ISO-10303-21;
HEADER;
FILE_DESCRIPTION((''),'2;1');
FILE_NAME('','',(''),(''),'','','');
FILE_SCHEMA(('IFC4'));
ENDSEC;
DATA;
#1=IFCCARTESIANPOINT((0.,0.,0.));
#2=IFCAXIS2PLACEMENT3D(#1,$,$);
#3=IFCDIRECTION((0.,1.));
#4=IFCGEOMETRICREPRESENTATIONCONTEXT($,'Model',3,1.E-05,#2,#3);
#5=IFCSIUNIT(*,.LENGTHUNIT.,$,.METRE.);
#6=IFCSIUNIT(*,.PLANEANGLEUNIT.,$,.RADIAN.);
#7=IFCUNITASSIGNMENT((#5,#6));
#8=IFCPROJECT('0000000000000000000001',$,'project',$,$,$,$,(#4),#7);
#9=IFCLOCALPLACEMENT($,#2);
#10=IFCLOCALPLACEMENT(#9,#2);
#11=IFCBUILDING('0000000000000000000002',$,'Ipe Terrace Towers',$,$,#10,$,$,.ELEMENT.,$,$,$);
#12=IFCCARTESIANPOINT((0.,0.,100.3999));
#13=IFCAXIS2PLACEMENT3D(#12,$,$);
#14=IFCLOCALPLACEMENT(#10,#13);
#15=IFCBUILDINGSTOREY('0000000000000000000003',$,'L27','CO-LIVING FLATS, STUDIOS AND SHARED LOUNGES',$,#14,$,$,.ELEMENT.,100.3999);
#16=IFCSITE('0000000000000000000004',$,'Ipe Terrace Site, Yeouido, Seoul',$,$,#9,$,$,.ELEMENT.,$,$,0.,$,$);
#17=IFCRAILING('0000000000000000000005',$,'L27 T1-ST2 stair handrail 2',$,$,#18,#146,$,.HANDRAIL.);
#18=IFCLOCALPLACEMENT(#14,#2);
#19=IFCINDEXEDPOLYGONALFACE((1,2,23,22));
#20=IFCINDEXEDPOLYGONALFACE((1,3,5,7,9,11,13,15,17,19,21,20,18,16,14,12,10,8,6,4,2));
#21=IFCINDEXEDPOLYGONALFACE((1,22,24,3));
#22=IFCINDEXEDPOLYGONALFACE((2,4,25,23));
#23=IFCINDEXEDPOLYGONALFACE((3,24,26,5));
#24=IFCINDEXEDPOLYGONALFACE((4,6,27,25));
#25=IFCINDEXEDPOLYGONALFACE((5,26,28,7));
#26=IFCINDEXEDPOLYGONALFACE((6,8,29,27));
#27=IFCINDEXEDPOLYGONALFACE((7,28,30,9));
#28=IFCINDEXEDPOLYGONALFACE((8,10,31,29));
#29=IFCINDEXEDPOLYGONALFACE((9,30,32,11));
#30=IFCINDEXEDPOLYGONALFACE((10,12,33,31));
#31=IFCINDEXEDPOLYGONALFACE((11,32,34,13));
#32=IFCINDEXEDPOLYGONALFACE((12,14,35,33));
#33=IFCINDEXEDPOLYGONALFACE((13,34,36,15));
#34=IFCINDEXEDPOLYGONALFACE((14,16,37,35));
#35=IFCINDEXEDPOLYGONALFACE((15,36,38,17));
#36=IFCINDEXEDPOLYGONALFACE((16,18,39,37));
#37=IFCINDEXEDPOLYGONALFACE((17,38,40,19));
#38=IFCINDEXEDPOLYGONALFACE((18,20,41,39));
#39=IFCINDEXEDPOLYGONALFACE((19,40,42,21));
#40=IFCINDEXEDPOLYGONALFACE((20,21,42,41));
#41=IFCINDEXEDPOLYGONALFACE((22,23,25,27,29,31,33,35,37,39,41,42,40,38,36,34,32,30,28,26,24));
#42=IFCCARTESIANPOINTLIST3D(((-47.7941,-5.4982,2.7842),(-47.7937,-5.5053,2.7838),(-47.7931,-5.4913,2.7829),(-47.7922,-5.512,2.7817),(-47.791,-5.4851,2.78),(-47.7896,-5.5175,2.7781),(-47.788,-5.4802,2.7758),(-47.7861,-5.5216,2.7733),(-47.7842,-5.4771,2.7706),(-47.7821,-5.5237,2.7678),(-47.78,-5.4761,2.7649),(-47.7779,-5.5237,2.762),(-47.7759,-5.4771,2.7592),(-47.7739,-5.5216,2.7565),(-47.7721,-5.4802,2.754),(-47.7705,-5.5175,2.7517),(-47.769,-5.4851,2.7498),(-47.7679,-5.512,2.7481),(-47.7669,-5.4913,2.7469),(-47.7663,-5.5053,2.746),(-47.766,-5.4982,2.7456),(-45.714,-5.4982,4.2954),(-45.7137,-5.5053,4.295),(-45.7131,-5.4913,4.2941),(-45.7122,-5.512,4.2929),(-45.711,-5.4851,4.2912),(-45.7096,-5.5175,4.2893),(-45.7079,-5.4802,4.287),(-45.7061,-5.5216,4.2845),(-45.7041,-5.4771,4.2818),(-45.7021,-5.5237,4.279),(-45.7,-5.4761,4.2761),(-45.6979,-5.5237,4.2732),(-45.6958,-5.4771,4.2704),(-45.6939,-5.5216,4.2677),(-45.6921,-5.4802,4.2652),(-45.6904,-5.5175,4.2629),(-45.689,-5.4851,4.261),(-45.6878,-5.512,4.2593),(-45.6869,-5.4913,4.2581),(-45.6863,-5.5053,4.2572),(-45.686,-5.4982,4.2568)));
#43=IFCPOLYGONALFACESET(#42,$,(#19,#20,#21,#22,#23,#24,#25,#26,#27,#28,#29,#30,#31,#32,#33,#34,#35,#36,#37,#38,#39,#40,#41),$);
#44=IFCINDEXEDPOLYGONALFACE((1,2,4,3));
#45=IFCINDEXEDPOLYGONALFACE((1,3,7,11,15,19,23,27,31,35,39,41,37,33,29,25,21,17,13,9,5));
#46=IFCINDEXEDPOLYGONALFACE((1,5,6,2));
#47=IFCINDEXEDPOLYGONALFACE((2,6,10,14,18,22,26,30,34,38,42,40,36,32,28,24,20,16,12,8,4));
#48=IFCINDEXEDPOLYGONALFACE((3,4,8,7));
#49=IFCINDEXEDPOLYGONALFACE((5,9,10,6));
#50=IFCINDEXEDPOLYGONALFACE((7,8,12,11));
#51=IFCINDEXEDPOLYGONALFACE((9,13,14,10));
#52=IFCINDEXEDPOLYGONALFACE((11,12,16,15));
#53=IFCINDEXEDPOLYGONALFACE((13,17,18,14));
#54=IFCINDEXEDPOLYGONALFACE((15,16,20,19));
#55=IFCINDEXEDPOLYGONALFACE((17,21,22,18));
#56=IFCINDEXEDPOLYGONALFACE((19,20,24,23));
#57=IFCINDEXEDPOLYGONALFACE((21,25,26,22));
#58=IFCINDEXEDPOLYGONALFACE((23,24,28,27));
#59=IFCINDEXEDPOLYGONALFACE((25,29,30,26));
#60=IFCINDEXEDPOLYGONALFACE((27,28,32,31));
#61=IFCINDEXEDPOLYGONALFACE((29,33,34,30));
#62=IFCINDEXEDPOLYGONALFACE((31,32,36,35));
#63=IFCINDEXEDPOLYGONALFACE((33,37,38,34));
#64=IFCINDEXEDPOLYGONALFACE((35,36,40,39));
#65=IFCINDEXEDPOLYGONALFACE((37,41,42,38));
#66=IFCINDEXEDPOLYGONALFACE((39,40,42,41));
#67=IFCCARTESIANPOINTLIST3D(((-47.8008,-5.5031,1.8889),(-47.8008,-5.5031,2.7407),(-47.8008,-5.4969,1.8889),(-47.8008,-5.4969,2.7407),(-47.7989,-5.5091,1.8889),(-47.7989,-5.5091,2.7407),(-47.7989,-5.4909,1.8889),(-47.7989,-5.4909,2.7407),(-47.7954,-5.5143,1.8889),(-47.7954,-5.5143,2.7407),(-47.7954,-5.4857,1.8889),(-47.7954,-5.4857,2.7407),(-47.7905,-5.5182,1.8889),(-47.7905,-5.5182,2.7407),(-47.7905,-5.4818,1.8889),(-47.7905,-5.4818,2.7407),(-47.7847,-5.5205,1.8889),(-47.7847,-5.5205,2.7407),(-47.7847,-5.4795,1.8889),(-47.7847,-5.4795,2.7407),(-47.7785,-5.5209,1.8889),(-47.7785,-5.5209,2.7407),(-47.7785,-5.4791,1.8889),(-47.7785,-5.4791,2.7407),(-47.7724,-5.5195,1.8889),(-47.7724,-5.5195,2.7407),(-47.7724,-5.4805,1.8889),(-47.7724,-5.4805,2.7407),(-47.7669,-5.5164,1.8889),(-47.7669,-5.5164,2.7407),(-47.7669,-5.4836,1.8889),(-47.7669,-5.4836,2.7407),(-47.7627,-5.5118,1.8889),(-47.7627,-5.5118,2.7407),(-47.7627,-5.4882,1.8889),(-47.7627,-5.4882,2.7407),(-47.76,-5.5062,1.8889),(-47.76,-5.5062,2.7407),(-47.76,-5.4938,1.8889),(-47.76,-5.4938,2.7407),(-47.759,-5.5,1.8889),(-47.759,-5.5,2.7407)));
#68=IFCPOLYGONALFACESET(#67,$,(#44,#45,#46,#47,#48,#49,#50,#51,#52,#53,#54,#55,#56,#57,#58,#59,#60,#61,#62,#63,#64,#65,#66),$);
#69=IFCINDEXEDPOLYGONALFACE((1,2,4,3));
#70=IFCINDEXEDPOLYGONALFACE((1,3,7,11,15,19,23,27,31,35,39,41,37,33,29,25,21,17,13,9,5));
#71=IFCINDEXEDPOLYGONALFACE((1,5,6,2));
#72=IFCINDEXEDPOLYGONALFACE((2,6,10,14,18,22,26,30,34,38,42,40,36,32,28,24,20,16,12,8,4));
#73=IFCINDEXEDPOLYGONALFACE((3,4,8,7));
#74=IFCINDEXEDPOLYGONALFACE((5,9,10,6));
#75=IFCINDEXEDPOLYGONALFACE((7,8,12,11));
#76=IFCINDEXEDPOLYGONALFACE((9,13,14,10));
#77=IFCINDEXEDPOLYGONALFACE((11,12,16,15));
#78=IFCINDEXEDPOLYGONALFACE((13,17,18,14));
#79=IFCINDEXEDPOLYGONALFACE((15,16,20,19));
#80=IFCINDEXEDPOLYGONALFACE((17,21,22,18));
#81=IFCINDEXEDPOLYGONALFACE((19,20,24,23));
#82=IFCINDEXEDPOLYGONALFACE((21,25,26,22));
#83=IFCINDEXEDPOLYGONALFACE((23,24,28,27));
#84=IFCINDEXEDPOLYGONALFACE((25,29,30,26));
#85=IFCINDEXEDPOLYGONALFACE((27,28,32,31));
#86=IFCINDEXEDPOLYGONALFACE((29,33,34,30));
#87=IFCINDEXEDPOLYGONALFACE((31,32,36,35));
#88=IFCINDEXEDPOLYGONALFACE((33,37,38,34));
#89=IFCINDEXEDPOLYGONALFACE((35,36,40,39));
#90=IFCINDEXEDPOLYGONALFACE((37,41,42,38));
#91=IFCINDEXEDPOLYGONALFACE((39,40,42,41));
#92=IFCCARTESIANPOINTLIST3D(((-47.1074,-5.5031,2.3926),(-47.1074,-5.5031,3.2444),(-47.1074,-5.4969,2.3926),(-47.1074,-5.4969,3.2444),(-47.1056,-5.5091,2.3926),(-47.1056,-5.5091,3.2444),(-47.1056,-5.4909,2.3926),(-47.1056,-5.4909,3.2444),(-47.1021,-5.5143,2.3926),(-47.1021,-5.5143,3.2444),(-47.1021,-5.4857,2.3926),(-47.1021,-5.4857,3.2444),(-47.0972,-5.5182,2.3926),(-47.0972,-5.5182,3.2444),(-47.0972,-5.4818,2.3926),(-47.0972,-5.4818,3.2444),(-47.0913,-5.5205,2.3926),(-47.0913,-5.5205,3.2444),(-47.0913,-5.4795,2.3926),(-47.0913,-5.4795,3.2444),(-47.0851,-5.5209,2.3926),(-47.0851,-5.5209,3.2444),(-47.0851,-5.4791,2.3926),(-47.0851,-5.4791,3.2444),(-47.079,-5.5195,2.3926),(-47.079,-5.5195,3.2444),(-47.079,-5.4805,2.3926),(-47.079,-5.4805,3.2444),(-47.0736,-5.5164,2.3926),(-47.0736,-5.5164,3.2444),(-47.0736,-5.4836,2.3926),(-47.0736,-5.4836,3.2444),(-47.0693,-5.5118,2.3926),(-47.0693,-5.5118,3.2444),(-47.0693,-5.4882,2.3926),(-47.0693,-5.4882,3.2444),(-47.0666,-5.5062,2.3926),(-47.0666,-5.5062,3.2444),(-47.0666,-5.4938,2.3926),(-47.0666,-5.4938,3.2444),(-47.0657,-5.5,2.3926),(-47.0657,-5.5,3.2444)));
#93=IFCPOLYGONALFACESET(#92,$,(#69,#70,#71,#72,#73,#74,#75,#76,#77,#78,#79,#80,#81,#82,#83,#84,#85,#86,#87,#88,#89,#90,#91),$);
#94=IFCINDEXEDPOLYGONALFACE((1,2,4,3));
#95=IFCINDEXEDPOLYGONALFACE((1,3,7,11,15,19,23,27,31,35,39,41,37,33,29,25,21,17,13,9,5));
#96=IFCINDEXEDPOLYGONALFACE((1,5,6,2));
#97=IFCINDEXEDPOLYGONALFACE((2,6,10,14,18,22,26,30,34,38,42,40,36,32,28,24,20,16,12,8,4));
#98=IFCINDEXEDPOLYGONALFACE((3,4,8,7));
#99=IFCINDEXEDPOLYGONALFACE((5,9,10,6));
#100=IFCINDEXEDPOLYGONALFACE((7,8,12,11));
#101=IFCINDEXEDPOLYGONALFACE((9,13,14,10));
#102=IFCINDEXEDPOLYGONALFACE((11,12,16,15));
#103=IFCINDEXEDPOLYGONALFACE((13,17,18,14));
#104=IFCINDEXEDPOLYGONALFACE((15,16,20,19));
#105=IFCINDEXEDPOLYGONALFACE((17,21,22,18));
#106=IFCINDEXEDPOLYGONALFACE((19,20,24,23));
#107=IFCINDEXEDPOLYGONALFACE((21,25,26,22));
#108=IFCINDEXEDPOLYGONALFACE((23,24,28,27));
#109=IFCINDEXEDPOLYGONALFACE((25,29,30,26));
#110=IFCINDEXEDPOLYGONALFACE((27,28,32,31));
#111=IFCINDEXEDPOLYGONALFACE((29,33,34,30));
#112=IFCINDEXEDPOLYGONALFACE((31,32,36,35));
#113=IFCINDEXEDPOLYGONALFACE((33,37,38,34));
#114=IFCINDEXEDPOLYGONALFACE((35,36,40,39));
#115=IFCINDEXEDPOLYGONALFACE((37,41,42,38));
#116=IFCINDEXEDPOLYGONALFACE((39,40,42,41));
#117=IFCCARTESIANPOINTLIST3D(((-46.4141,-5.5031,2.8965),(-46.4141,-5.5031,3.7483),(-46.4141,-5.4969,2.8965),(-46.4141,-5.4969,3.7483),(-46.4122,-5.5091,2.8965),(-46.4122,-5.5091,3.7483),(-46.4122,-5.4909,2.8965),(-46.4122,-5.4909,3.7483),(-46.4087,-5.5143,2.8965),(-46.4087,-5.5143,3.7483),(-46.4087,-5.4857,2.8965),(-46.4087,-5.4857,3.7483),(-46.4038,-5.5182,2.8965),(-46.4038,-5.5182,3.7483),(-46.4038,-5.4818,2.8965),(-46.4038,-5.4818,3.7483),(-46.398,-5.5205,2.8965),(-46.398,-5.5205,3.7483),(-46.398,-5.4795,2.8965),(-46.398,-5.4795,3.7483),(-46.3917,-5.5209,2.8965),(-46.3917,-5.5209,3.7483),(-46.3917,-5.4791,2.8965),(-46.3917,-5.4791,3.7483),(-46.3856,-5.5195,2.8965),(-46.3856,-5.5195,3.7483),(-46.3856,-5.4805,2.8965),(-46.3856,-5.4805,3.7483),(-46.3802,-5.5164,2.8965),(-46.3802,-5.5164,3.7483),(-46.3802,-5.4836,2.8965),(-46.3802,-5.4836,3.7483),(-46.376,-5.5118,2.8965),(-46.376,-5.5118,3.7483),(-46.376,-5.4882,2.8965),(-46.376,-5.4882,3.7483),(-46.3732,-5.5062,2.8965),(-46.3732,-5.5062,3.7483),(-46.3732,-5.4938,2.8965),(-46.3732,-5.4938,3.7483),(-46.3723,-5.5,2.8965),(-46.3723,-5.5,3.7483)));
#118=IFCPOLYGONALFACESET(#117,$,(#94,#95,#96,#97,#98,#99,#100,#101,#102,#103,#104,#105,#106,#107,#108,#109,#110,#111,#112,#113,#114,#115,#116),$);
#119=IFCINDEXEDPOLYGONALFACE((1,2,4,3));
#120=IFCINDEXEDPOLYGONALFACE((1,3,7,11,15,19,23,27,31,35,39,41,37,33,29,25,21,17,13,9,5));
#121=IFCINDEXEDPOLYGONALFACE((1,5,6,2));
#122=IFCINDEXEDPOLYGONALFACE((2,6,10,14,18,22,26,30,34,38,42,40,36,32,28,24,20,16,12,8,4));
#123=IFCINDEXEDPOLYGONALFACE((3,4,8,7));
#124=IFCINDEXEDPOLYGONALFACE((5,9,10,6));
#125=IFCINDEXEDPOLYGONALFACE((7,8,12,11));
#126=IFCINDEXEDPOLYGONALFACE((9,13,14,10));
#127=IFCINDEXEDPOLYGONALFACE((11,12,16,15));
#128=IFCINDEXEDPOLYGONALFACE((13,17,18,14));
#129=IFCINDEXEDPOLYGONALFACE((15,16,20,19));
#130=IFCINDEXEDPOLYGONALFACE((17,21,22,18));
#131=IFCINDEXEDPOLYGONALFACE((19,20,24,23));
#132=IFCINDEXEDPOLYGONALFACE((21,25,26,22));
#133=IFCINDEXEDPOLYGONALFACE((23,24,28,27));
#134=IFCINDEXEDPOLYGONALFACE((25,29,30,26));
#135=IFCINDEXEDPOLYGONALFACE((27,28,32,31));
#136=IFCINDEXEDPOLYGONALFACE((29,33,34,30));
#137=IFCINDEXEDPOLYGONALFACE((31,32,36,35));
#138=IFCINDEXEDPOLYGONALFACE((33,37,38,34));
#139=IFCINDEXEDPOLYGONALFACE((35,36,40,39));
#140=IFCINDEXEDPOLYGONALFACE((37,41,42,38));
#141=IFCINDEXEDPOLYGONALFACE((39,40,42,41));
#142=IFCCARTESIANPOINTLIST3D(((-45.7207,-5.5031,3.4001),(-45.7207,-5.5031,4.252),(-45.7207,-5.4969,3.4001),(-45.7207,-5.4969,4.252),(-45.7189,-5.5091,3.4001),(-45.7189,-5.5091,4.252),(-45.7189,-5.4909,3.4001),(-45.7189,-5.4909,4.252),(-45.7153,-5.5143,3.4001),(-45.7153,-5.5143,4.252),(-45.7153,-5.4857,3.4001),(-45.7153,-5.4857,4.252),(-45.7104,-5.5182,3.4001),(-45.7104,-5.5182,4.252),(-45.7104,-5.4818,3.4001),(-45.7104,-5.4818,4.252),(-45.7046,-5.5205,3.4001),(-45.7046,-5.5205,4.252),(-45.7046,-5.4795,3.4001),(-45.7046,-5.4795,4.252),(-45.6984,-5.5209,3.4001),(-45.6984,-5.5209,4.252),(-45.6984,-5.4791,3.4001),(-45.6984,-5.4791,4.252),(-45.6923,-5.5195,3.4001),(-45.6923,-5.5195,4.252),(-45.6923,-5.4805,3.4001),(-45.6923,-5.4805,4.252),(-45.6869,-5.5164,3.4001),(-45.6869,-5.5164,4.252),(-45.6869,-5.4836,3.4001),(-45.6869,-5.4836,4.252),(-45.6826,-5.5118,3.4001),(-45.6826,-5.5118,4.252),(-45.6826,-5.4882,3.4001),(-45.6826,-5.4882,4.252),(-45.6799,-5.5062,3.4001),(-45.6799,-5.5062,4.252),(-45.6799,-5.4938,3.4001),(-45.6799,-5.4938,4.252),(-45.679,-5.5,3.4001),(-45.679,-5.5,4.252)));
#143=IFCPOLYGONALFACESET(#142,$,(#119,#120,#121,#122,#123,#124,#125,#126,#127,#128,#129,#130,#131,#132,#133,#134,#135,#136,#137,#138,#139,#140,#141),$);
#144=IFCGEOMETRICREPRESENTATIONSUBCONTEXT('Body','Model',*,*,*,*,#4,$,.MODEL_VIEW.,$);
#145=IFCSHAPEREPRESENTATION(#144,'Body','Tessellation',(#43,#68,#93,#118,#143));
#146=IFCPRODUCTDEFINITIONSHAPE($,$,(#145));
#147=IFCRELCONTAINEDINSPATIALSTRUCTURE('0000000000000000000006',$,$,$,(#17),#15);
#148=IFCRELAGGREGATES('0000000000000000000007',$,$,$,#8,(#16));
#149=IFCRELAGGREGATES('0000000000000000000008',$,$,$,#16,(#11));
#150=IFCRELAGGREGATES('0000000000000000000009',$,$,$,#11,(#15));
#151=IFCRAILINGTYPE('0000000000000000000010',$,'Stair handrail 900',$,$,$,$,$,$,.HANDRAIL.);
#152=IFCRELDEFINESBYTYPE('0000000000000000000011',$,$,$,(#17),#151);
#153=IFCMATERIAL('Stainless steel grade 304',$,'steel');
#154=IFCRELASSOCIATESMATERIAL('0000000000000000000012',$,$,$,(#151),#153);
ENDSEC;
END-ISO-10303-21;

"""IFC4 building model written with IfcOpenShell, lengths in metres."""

from ifc_helpers import new_model, si_unit, direction, frame, origin, origin_2d, place, context, subcontext, project, spatial, circle, extrude, material, type_object, element, save


model = new_model("IFC4")

# Units and contexts
model_context = context("Model", 3, precision=1e-05, world=origin(), true_north=direction((0.0, 1.0)))
body_context = subcontext(model_context, "Body", "Model", "MODEL_VIEW")
ifc_project = project(units=[si_unit("LENGTHUNIT", "METRE"), si_unit("PLANEANGLEUNIT", "RADIAN")], contexts=[model_context])

# Site, building, storey
site_placement = place(None, origin())
site = spatial("IfcSite", under=ifc_project, at=site_placement, Name="Ipe Terrace Site, Yeouido, Seoul", CompositionType="ELEMENT", RefElevation=0.0)
building_placement = place(site_placement, origin())
building = spatial("IfcBuilding", under=site, at=building_placement, Name="Ipe Terrace Towers", CompositionType="ELEMENT")
storey_placement = place(building_placement, frame((0.0, 0.0, 100.3999)))
storey = spatial("IfcBuildingStorey", under=building, at=storey_placement, Name="L27", Description="CO-LIVING FLATS, STUDIOS AND SHARED LOUNGES", CompositionType="ELEMENT", Elevation=100.3999)

# Railing
ifc_material_1 = material(Name="Stainless steel grade 304", Category="steel")
railing_type_1 = type_object("IfcRailingType", Name="Stair handrail 900", PredefinedType="HANDRAIL", material=ifc_material_1)
railing_1_placement = place(storey_placement, frame((-47.78, -5.5, 1.8889)))
element("IfcRailing", 1, at=railing_1_placement, inside=storey, type_object=railing_type_1, Name="L27 T1-ST2 stair handrail 2", PredefinedType="HANDRAIL", context=body_context, shape_type="SweptSolid", body=[
    extrude(circle(Radius=0.0239, at=origin_2d()), frame((0.0, 0.0, 0.876), z_axis=(0.809023, 0.0, 0.587776), x_axis=(0.0, 1.0, 0.0)), (0.0, 0.0, 1.0), 2.571),
    extrude(circle(Radius=0.021, at=origin_2d()), origin(), (0.0, 0.0, 1.0), 0.8518),
    extrude(circle(Radius=0.021, at=origin_2d()), frame((0.6934, 0.0, 0.5037)), (0.0, 0.0, 1.0), 0.8518),
    extrude(circle(Radius=0.021, at=origin_2d()), frame((1.3867, 0.0, 1.0076)), (0.0, 0.0, 1.0), 0.8518),
    extrude(circle(Radius=0.021, at=origin_2d()), frame((2.0801, 0.0, 1.5112)), (0.0, 0.0, 1.0), 0.8518),
])

save(model, "model.ifc")
